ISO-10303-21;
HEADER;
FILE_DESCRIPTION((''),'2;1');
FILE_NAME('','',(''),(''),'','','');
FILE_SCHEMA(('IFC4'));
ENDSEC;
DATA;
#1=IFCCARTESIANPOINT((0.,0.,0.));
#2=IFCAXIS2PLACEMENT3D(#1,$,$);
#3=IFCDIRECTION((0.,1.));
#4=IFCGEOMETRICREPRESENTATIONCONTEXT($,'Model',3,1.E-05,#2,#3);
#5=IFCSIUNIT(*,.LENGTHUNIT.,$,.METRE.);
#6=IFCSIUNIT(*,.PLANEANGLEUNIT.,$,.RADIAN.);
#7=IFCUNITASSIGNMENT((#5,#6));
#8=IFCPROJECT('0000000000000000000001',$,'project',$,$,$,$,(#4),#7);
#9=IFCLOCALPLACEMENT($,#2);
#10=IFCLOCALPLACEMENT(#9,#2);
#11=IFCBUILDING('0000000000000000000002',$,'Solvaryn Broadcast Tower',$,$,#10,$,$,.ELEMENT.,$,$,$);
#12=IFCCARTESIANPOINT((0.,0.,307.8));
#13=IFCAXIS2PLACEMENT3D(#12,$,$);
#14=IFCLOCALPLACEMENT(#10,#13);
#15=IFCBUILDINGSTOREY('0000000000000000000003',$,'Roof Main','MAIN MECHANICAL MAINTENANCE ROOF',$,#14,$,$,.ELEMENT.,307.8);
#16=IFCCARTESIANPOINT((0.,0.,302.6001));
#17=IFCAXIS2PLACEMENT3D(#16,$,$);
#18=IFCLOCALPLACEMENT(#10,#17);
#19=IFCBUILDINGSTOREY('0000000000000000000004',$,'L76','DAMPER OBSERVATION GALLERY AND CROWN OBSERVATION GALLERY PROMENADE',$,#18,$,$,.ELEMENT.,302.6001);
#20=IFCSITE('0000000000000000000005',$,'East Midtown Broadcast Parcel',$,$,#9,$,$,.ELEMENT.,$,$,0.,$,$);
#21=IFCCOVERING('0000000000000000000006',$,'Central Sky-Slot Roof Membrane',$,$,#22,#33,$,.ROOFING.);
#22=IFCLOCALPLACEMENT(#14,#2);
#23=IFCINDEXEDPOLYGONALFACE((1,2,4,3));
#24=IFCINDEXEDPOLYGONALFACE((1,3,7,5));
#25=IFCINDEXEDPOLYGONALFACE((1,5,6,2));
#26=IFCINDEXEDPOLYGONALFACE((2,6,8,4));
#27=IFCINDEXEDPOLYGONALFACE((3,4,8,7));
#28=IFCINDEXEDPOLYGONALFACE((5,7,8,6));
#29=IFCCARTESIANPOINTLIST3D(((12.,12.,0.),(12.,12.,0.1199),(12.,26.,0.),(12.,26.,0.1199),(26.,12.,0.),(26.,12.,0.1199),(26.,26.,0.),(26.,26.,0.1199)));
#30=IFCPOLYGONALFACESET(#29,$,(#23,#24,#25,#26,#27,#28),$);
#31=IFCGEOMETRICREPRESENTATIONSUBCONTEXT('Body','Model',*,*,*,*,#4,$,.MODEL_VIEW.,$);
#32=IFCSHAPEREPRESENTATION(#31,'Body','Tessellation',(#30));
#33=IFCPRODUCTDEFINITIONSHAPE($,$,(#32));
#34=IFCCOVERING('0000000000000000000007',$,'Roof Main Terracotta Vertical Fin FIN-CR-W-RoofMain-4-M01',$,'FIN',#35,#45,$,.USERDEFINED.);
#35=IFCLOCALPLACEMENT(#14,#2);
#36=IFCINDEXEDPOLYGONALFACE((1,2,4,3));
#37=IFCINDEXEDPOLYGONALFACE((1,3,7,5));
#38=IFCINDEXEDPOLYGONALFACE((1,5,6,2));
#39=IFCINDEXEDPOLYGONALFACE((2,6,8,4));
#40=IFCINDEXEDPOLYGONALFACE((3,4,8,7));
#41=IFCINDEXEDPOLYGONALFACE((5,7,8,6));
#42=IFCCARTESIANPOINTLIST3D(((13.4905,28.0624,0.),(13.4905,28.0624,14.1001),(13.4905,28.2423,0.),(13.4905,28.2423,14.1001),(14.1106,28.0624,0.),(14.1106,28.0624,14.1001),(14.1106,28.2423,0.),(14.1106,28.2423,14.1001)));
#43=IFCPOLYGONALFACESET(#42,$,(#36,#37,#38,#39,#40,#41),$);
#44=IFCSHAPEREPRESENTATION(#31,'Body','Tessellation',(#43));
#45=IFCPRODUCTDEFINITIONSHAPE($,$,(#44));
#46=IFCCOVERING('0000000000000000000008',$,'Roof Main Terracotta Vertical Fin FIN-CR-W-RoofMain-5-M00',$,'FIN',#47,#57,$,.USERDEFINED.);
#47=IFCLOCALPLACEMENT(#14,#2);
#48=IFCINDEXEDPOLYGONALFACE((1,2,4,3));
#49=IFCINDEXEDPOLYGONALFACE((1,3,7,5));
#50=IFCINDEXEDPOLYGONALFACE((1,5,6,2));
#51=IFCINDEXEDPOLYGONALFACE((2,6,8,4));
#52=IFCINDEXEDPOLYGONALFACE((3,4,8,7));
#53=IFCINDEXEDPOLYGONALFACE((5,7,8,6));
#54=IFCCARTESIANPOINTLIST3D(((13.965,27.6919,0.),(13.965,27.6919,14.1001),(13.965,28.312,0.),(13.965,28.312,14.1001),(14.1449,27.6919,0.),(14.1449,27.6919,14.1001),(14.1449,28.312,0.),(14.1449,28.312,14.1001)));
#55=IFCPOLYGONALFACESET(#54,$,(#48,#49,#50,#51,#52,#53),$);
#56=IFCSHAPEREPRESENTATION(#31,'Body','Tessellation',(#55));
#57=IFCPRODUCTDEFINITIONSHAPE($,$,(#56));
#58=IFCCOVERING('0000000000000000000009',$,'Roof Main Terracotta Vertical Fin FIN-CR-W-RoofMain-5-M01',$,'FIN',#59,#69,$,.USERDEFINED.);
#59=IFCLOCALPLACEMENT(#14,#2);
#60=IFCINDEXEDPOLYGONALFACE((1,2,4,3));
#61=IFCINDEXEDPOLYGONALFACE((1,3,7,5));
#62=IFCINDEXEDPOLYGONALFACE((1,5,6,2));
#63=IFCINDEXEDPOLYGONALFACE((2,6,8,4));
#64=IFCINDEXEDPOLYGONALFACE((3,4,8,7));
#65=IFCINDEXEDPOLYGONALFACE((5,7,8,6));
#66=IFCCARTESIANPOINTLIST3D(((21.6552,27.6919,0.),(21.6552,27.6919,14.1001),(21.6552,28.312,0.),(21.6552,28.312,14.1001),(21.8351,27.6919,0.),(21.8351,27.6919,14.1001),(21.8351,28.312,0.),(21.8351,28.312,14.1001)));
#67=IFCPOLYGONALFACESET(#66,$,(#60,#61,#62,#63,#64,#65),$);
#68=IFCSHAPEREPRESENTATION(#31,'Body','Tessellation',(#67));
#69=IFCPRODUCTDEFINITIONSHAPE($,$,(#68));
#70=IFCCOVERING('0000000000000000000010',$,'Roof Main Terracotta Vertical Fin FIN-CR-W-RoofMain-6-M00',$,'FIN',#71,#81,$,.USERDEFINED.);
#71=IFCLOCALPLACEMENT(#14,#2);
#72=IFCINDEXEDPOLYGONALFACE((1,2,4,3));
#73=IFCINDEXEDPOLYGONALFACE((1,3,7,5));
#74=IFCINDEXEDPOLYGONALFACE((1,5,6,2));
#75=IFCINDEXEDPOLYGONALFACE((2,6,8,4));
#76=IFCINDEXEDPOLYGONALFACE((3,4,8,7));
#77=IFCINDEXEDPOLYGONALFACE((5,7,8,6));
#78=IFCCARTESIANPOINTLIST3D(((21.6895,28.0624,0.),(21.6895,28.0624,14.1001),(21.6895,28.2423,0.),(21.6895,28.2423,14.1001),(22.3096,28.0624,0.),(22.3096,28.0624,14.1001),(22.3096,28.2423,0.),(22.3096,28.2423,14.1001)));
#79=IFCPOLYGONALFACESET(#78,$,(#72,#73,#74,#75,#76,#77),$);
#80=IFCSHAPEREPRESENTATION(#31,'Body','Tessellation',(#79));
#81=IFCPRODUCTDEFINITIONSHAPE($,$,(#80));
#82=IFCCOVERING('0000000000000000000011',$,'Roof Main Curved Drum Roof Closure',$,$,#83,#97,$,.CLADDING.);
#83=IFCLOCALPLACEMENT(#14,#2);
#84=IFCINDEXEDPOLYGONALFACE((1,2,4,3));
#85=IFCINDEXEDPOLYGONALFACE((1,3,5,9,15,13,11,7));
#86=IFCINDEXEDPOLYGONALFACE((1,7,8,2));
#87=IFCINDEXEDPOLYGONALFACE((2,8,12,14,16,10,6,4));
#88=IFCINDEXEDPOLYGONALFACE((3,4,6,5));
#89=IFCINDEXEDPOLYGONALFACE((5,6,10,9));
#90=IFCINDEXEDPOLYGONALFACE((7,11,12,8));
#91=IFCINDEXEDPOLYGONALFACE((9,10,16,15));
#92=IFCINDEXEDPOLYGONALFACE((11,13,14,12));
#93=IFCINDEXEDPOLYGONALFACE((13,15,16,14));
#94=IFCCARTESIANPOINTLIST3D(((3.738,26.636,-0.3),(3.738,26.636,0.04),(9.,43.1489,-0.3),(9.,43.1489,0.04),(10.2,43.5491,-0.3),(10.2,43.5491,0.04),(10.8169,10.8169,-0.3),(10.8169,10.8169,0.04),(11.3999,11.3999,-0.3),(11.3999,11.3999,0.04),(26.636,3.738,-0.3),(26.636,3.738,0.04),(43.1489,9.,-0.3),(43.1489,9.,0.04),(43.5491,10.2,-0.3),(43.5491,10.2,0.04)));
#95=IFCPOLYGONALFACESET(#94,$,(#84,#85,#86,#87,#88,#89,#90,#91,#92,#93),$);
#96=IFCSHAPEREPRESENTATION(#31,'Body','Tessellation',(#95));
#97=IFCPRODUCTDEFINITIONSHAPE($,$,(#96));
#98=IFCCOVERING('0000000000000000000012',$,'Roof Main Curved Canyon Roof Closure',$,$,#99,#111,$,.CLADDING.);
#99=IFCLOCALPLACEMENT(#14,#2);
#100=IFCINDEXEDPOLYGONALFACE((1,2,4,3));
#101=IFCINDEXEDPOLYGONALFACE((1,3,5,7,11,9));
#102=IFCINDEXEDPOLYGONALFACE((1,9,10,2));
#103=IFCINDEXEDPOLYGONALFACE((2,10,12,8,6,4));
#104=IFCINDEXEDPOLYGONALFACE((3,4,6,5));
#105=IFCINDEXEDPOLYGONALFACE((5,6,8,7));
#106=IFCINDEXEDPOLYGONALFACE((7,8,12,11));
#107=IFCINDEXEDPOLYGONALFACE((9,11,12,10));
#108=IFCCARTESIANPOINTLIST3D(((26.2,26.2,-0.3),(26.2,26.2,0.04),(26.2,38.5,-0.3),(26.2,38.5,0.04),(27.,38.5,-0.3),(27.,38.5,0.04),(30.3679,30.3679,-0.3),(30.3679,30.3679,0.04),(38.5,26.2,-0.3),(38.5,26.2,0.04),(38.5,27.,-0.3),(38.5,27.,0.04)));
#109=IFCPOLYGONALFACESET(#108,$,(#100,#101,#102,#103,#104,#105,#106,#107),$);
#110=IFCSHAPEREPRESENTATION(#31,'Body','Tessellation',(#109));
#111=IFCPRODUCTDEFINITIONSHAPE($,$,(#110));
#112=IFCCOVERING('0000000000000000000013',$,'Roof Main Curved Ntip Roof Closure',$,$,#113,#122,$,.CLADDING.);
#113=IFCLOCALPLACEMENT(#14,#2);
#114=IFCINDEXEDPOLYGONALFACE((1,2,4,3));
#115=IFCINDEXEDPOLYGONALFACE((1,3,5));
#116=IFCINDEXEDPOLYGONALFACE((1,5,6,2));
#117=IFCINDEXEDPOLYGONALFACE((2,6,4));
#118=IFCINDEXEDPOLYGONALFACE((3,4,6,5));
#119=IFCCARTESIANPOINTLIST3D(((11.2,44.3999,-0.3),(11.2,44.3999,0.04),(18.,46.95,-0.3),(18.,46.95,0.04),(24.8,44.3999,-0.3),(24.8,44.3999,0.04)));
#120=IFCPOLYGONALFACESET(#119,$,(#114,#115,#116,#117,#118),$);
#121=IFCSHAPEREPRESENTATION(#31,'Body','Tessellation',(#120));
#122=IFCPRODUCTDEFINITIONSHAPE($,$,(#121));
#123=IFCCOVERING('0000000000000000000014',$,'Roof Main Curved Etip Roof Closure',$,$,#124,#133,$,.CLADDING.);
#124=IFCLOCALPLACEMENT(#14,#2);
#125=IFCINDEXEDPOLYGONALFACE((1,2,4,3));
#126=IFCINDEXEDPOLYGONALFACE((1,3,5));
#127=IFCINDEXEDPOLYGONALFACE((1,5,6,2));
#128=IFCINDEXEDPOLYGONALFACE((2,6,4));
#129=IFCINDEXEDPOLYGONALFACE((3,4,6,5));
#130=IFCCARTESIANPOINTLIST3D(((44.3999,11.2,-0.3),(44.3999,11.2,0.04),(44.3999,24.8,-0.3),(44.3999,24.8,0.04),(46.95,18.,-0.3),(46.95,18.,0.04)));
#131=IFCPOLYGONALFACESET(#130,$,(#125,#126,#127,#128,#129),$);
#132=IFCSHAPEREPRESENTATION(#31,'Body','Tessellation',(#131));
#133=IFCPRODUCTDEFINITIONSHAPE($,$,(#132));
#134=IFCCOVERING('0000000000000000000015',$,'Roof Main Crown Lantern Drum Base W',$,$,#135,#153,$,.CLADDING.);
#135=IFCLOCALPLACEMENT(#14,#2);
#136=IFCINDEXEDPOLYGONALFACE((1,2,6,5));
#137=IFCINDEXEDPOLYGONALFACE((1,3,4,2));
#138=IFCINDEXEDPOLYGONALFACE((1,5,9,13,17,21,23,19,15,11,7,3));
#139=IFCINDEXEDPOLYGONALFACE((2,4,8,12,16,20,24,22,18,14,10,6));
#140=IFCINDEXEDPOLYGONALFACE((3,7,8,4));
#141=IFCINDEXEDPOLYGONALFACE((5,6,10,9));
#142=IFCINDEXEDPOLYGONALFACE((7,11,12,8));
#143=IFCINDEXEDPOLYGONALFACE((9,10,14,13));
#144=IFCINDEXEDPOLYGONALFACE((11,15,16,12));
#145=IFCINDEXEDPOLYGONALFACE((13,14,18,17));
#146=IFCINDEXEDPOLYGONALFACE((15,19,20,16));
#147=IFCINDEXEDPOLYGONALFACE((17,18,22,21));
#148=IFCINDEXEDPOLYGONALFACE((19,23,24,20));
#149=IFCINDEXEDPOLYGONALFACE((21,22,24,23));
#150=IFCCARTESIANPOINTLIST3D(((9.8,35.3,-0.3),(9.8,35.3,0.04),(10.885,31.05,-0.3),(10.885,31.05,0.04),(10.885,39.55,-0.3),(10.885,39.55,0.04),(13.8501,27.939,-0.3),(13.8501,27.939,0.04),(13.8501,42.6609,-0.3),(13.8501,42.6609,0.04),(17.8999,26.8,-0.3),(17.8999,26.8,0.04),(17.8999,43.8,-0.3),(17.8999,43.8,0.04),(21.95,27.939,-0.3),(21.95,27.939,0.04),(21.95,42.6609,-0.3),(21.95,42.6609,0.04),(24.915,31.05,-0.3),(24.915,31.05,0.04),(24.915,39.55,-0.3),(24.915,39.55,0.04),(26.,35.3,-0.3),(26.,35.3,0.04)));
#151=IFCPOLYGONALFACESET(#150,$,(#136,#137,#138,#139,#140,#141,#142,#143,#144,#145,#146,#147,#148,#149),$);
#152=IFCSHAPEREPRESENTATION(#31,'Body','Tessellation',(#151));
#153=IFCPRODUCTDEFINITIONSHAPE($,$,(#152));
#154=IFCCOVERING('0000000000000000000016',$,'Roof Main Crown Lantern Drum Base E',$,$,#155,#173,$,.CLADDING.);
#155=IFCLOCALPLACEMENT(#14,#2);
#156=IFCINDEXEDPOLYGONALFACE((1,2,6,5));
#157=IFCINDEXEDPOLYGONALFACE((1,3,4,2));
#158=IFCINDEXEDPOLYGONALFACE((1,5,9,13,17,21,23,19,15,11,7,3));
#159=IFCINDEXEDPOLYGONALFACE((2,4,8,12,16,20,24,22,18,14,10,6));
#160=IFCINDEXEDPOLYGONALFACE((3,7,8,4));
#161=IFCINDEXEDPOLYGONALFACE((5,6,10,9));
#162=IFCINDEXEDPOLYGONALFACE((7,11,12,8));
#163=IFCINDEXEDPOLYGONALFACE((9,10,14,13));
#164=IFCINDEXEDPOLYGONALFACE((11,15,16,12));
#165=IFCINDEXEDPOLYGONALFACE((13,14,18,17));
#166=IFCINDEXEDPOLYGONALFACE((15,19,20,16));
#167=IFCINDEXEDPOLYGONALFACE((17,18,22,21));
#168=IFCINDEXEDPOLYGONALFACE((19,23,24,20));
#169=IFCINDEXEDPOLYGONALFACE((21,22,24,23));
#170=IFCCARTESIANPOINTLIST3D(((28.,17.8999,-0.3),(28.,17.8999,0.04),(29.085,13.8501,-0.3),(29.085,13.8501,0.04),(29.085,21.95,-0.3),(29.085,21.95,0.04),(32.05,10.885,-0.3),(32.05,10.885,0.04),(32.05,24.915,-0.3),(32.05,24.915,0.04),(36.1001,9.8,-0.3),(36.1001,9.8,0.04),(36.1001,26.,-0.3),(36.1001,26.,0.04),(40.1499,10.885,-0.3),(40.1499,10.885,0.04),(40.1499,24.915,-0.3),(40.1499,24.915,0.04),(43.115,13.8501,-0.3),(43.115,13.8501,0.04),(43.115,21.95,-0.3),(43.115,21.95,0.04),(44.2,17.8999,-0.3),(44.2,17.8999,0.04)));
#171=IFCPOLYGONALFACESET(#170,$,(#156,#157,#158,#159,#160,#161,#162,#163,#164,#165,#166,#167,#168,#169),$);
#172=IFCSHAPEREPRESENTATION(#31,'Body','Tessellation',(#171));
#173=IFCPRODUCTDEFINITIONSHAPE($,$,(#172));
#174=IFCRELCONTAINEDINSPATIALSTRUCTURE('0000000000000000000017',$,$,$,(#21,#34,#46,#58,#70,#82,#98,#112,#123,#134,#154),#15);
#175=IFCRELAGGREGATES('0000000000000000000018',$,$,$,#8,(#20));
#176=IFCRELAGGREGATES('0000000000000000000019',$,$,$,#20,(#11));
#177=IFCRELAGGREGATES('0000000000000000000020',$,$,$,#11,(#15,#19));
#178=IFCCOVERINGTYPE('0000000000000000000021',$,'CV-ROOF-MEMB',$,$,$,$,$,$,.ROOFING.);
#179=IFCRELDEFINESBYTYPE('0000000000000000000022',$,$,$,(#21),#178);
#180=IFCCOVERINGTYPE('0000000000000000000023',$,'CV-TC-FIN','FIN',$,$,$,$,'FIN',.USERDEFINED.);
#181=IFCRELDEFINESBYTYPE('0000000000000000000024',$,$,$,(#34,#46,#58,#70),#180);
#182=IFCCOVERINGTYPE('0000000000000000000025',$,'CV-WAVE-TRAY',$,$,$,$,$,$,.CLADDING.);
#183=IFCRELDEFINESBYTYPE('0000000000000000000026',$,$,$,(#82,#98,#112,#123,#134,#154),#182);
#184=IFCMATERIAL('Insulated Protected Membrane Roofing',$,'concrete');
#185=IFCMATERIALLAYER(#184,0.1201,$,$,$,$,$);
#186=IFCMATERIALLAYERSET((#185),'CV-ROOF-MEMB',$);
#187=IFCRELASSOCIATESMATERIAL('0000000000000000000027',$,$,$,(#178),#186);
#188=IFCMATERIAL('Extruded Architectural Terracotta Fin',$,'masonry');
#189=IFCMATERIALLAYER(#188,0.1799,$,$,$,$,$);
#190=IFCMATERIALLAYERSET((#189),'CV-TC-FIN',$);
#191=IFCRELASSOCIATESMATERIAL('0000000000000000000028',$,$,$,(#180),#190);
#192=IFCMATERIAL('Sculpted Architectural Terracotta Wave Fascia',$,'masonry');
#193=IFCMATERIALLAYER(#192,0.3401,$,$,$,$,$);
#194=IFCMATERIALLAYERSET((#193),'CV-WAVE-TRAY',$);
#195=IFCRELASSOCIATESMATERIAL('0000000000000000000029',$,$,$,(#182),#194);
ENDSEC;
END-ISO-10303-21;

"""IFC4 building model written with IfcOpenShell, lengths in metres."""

from ifc_helpers import new_model, si_unit, direction, frame, origin, origin_2d, place, context, subcontext, project, spatial, polyline, rectangle, outline, extrude, material, layer, layer_set, type_object, element, save


model = new_model("IFC4")

# Units and contexts
model_context = context("Model", 3, precision=1e-05, world=origin(), true_north=direction((0.0, 1.0)))
body_context = subcontext(model_context, "Body", "Model", "MODEL_VIEW")
ifc_project = project(units=[si_unit("LENGTHUNIT", "METRE"), si_unit("PLANEANGLEUNIT", "RADIAN")], contexts=[model_context])

# Site, building, storey
site_placement = place(None, origin())
site = spatial("IfcSite", under=ifc_project, at=site_placement, Name="East Midtown Broadcast Parcel", CompositionType="ELEMENT", RefElevation=0.0)
building_placement = place(site_placement, origin())
building = spatial("IfcBuilding", under=site, at=building_placement, Name="Solvaryn Broadcast Tower", CompositionType="ELEMENT")
storey_1_placement = place(building_placement, frame((0.0, 0.0, 307.8)))
storey_1 = spatial("IfcBuildingStorey", under=building, at=storey_1_placement, Name="Roof Main", Description="MAIN MECHANICAL MAINTENANCE ROOF", CompositionType="ELEMENT", Elevation=307.8)

# Shared definitions
storey_2_placement = place(building_placement, frame((0.0, 0.0, 302.6001)))
storey_2 = spatial("IfcBuildingStorey", under=building, at=storey_2_placement, Name="L76", Description="DAMPER OBSERVATION GALLERY AND CROWN OBSERVATION GALLERY PROMENADE", CompositionType="ELEMENT", Elevation=302.6001)

# Coverings
ifc_material_1 = material(Name="Insulated Protected Membrane Roofing", Category="concrete")
ifc_layer_1 = layer(ifc_material_1, 0.1201)
ifc_layer_set_1 = layer_set([ifc_layer_1], Name="CV-ROOF-MEMB")
covering_type_1 = type_object("IfcCoveringType", Name="CV-ROOF-MEMB", PredefinedType="ROOFING", material=ifc_layer_set_1)
covering_1_placement = place(storey_1_placement, origin())
element("IfcCovering", 1, at=covering_1_placement, inside=storey_1, type_object=covering_type_1, Name="Central Sky-Slot Roof Membrane", PredefinedType="ROOFING", context=body_context, shape_type="SweptSolid", body=[
    extrude(outline(polyline([(12.0, 12.0), (26.0, 12.0), (26.0, 26.0), (12.0, 26.0), (12.0, 12.0)])), origin(), (0.0, 0.0, 1.0), 0.1199),
])
ifc_material_2 = material(Name="Extruded Architectural Terracotta Fin", Category="masonry")
ifc_layer_2 = layer(ifc_material_2, 0.1799)
ifc_layer_set_2 = layer_set([ifc_layer_2], Name="CV-TC-FIN")
covering_type_2 = type_object("IfcCoveringType", Name="CV-TC-FIN", Description="FIN", ElementType="FIN", PredefinedType="USERDEFINED", material=ifc_layer_set_2)
covering_2_placement = place(storey_1_placement, frame((13.8005, 28.1523, 0.0), z_axis=(0.0, 0.0, 1.0), x_axis=(1.0, 0.0, 0.0)))
element("IfcCovering", 2, at=covering_2_placement, inside=storey_1, type_object=covering_type_2, Name="Roof Main Terracotta Vertical Fin FIN-CR-W-RoofMain-4-M01", ObjectType="FIN", PredefinedType="USERDEFINED", context=body_context, shape_type="SweptSolid", body=[
    extrude(rectangle(XDim=0.6201, YDim=0.1799, at=origin_2d()), origin(), (0.0, 0.0, 1.0), 14.1001),
])
for number, where, z_axis, x_axis, name in (
    (3, (14.0549, 28.002, 0.0), (0.0, 0.0, 1.0), (1.0, 0.0, 0.0), "Roof Main Terracotta Vertical Fin FIN-CR-W-RoofMain-5-M00"),
    (4, (21.7451, 28.002, 0.0), (0.0, 0.0, 1.0), (1.0, 0.0, 0.0), "Roof Main Terracotta Vertical Fin FIN-CR-W-RoofMain-5-M01"),
):
    element("IfcCovering", number, at=place(storey_1_placement, frame(where, z_axis=z_axis, x_axis=x_axis)), inside=storey_1, type_object=covering_type_2, Name=name, ObjectType="FIN", PredefinedType="USERDEFINED", context=body_context, shape_type="SweptSolid", body=[
        extrude(rectangle(XDim=0.1799, YDim=0.6201, at=origin_2d()), origin(), (0.0, 0.0, 1.0), 14.1001),
    ])
covering_3_placement = place(storey_1_placement, frame((21.9995, 28.1523, 0.0), z_axis=(0.0, 0.0, 1.0), x_axis=(1.0, 0.0, 0.0)))
element("IfcCovering", 5, at=covering_3_placement, inside=storey_1, type_object=covering_type_2, Name="Roof Main Terracotta Vertical Fin FIN-CR-W-RoofMain-6-M00", ObjectType="FIN", PredefinedType="USERDEFINED", context=body_context, shape_type="SweptSolid", body=[
    extrude(rectangle(XDim=0.6201, YDim=0.1799, at=origin_2d()), origin(), (0.0, 0.0, 1.0), 14.1001),
])
ifc_material_3 = material(Name="Sculpted Architectural Terracotta Wave Fascia", Category="masonry")
ifc_layer_3 = layer(ifc_material_3, 0.3401)
ifc_layer_set_3 = layer_set([ifc_layer_3], Name="CV-WAVE-TRAY")
covering_type_3 = type_object("IfcCoveringType", Name="CV-WAVE-TRAY", PredefinedType="CLADDING", material=ifc_layer_set_3)
covering_4_placement = place(storey_1_placement, frame((0.0, 0.0, -0.3)))
element("IfcCovering", 6, at=covering_4_placement, inside=storey_1, type_object=covering_type_3, Name="Roof Main Curved Drum Roof Closure", PredefinedType="CLADDING", context=body_context, shape_type="SweptSolid", body=[
    extrude(outline(polyline([(10.2, 43.5491), (9.0, 43.1489), (3.738, 26.636), (10.8169, 10.8169), (26.636, 3.738), (43.1489, 9.0), (43.1489, 9.0), (43.5491, 10.2), (11.3999, 11.3999), (10.2, 43.5491)])), origin(), (0.0, 0.0, 1.0), 0.3401),
])
covering_5_placement = place(storey_1_placement, frame((0.0, 0.0, -0.3)))
element("IfcCovering", 7, at=covering_5_placement, inside=storey_1, type_object=covering_type_3, Name="Roof Main Curved Canyon Roof Closure", PredefinedType="CLADDING", context=body_context, shape_type="SweptSolid", body=[
    extrude(outline(polyline([(26.2, 26.2), (38.5, 26.2), (38.5, 27.0), (30.3679, 30.3679), (27.0, 38.5), (26.2, 38.5), (26.2, 26.2)])), origin(), (0.0, 0.0, 1.0), 0.3401),
])
covering_6_placement = place(storey_1_placement, frame((0.0, 0.0, -0.3)))
element("IfcCovering", 8, at=covering_6_placement, inside=storey_1, type_object=covering_type_3, Name="Roof Main Curved Ntip Roof Closure", PredefinedType="CLADDING", context=body_context, shape_type="SweptSolid", body=[
    extrude(outline(polyline([(11.2, 44.3999), (24.8, 44.3999), (18.0, 46.95), (11.2, 44.3999)])), origin(), (0.0, 0.0, 1.0), 0.3401),
])
covering_7_placement = place(storey_1_placement, frame((0.0, 0.0, -0.3)))
element("IfcCovering", 9, at=covering_7_placement, inside=storey_1, type_object=covering_type_3, Name="Roof Main Curved Etip Roof Closure", PredefinedType="CLADDING", context=body_context, shape_type="SweptSolid", body=[
    extrude(outline(polyline([(44.3999, 11.2), (46.95, 18.0), (44.3999, 24.8), (44.3999, 11.2)])), origin(), (0.0, 0.0, 1.0), 0.3401),
])
covering_8_placement = place(storey_1_placement, frame((0.0, 0.0, -0.3)))
element("IfcCovering", 10, at=covering_8_placement, inside=storey_1, type_object=covering_type_3, Name="Roof Main Crown Lantern Drum Base W", PredefinedType="CLADDING", context=body_context, shape_type="SweptSolid", body=[
    extrude(outline(polyline([(26.0, 35.3), (24.915, 39.55), (21.95, 42.6609), (17.8999, 43.8), (13.8501, 42.6609), (10.885, 39.55), (9.8, 35.3), (10.885, 31.05), (13.8501, 27.939), (17.8999, 26.8), (21.95, 27.939), (24.915, 31.05), (26.0, 35.3)])), origin(), (0.0, 0.0, 1.0), 0.3401),
])
covering_9_placement = place(storey_1_placement, frame((0.0, 0.0, -0.3)))
element("IfcCovering", 11, at=covering_9_placement, inside=storey_1, type_object=covering_type_3, Name="Roof Main Crown Lantern Drum Base E", PredefinedType="CLADDING", context=body_context, shape_type="SweptSolid", body=[
    extrude(outline(polyline([(44.2, 17.8999), (43.115, 21.95), (40.1499, 24.915), (36.1001, 26.0), (32.05, 24.915), (29.085, 21.95), (28.0, 17.8999), (29.085, 13.8501), (32.05, 10.885), (36.1001, 9.8), (40.1499, 10.885), (43.115, 13.8501), (44.2, 17.8999)])), origin(), (0.0, 0.0, 1.0), 0.3401),
])

save(model, "model.ifc")
